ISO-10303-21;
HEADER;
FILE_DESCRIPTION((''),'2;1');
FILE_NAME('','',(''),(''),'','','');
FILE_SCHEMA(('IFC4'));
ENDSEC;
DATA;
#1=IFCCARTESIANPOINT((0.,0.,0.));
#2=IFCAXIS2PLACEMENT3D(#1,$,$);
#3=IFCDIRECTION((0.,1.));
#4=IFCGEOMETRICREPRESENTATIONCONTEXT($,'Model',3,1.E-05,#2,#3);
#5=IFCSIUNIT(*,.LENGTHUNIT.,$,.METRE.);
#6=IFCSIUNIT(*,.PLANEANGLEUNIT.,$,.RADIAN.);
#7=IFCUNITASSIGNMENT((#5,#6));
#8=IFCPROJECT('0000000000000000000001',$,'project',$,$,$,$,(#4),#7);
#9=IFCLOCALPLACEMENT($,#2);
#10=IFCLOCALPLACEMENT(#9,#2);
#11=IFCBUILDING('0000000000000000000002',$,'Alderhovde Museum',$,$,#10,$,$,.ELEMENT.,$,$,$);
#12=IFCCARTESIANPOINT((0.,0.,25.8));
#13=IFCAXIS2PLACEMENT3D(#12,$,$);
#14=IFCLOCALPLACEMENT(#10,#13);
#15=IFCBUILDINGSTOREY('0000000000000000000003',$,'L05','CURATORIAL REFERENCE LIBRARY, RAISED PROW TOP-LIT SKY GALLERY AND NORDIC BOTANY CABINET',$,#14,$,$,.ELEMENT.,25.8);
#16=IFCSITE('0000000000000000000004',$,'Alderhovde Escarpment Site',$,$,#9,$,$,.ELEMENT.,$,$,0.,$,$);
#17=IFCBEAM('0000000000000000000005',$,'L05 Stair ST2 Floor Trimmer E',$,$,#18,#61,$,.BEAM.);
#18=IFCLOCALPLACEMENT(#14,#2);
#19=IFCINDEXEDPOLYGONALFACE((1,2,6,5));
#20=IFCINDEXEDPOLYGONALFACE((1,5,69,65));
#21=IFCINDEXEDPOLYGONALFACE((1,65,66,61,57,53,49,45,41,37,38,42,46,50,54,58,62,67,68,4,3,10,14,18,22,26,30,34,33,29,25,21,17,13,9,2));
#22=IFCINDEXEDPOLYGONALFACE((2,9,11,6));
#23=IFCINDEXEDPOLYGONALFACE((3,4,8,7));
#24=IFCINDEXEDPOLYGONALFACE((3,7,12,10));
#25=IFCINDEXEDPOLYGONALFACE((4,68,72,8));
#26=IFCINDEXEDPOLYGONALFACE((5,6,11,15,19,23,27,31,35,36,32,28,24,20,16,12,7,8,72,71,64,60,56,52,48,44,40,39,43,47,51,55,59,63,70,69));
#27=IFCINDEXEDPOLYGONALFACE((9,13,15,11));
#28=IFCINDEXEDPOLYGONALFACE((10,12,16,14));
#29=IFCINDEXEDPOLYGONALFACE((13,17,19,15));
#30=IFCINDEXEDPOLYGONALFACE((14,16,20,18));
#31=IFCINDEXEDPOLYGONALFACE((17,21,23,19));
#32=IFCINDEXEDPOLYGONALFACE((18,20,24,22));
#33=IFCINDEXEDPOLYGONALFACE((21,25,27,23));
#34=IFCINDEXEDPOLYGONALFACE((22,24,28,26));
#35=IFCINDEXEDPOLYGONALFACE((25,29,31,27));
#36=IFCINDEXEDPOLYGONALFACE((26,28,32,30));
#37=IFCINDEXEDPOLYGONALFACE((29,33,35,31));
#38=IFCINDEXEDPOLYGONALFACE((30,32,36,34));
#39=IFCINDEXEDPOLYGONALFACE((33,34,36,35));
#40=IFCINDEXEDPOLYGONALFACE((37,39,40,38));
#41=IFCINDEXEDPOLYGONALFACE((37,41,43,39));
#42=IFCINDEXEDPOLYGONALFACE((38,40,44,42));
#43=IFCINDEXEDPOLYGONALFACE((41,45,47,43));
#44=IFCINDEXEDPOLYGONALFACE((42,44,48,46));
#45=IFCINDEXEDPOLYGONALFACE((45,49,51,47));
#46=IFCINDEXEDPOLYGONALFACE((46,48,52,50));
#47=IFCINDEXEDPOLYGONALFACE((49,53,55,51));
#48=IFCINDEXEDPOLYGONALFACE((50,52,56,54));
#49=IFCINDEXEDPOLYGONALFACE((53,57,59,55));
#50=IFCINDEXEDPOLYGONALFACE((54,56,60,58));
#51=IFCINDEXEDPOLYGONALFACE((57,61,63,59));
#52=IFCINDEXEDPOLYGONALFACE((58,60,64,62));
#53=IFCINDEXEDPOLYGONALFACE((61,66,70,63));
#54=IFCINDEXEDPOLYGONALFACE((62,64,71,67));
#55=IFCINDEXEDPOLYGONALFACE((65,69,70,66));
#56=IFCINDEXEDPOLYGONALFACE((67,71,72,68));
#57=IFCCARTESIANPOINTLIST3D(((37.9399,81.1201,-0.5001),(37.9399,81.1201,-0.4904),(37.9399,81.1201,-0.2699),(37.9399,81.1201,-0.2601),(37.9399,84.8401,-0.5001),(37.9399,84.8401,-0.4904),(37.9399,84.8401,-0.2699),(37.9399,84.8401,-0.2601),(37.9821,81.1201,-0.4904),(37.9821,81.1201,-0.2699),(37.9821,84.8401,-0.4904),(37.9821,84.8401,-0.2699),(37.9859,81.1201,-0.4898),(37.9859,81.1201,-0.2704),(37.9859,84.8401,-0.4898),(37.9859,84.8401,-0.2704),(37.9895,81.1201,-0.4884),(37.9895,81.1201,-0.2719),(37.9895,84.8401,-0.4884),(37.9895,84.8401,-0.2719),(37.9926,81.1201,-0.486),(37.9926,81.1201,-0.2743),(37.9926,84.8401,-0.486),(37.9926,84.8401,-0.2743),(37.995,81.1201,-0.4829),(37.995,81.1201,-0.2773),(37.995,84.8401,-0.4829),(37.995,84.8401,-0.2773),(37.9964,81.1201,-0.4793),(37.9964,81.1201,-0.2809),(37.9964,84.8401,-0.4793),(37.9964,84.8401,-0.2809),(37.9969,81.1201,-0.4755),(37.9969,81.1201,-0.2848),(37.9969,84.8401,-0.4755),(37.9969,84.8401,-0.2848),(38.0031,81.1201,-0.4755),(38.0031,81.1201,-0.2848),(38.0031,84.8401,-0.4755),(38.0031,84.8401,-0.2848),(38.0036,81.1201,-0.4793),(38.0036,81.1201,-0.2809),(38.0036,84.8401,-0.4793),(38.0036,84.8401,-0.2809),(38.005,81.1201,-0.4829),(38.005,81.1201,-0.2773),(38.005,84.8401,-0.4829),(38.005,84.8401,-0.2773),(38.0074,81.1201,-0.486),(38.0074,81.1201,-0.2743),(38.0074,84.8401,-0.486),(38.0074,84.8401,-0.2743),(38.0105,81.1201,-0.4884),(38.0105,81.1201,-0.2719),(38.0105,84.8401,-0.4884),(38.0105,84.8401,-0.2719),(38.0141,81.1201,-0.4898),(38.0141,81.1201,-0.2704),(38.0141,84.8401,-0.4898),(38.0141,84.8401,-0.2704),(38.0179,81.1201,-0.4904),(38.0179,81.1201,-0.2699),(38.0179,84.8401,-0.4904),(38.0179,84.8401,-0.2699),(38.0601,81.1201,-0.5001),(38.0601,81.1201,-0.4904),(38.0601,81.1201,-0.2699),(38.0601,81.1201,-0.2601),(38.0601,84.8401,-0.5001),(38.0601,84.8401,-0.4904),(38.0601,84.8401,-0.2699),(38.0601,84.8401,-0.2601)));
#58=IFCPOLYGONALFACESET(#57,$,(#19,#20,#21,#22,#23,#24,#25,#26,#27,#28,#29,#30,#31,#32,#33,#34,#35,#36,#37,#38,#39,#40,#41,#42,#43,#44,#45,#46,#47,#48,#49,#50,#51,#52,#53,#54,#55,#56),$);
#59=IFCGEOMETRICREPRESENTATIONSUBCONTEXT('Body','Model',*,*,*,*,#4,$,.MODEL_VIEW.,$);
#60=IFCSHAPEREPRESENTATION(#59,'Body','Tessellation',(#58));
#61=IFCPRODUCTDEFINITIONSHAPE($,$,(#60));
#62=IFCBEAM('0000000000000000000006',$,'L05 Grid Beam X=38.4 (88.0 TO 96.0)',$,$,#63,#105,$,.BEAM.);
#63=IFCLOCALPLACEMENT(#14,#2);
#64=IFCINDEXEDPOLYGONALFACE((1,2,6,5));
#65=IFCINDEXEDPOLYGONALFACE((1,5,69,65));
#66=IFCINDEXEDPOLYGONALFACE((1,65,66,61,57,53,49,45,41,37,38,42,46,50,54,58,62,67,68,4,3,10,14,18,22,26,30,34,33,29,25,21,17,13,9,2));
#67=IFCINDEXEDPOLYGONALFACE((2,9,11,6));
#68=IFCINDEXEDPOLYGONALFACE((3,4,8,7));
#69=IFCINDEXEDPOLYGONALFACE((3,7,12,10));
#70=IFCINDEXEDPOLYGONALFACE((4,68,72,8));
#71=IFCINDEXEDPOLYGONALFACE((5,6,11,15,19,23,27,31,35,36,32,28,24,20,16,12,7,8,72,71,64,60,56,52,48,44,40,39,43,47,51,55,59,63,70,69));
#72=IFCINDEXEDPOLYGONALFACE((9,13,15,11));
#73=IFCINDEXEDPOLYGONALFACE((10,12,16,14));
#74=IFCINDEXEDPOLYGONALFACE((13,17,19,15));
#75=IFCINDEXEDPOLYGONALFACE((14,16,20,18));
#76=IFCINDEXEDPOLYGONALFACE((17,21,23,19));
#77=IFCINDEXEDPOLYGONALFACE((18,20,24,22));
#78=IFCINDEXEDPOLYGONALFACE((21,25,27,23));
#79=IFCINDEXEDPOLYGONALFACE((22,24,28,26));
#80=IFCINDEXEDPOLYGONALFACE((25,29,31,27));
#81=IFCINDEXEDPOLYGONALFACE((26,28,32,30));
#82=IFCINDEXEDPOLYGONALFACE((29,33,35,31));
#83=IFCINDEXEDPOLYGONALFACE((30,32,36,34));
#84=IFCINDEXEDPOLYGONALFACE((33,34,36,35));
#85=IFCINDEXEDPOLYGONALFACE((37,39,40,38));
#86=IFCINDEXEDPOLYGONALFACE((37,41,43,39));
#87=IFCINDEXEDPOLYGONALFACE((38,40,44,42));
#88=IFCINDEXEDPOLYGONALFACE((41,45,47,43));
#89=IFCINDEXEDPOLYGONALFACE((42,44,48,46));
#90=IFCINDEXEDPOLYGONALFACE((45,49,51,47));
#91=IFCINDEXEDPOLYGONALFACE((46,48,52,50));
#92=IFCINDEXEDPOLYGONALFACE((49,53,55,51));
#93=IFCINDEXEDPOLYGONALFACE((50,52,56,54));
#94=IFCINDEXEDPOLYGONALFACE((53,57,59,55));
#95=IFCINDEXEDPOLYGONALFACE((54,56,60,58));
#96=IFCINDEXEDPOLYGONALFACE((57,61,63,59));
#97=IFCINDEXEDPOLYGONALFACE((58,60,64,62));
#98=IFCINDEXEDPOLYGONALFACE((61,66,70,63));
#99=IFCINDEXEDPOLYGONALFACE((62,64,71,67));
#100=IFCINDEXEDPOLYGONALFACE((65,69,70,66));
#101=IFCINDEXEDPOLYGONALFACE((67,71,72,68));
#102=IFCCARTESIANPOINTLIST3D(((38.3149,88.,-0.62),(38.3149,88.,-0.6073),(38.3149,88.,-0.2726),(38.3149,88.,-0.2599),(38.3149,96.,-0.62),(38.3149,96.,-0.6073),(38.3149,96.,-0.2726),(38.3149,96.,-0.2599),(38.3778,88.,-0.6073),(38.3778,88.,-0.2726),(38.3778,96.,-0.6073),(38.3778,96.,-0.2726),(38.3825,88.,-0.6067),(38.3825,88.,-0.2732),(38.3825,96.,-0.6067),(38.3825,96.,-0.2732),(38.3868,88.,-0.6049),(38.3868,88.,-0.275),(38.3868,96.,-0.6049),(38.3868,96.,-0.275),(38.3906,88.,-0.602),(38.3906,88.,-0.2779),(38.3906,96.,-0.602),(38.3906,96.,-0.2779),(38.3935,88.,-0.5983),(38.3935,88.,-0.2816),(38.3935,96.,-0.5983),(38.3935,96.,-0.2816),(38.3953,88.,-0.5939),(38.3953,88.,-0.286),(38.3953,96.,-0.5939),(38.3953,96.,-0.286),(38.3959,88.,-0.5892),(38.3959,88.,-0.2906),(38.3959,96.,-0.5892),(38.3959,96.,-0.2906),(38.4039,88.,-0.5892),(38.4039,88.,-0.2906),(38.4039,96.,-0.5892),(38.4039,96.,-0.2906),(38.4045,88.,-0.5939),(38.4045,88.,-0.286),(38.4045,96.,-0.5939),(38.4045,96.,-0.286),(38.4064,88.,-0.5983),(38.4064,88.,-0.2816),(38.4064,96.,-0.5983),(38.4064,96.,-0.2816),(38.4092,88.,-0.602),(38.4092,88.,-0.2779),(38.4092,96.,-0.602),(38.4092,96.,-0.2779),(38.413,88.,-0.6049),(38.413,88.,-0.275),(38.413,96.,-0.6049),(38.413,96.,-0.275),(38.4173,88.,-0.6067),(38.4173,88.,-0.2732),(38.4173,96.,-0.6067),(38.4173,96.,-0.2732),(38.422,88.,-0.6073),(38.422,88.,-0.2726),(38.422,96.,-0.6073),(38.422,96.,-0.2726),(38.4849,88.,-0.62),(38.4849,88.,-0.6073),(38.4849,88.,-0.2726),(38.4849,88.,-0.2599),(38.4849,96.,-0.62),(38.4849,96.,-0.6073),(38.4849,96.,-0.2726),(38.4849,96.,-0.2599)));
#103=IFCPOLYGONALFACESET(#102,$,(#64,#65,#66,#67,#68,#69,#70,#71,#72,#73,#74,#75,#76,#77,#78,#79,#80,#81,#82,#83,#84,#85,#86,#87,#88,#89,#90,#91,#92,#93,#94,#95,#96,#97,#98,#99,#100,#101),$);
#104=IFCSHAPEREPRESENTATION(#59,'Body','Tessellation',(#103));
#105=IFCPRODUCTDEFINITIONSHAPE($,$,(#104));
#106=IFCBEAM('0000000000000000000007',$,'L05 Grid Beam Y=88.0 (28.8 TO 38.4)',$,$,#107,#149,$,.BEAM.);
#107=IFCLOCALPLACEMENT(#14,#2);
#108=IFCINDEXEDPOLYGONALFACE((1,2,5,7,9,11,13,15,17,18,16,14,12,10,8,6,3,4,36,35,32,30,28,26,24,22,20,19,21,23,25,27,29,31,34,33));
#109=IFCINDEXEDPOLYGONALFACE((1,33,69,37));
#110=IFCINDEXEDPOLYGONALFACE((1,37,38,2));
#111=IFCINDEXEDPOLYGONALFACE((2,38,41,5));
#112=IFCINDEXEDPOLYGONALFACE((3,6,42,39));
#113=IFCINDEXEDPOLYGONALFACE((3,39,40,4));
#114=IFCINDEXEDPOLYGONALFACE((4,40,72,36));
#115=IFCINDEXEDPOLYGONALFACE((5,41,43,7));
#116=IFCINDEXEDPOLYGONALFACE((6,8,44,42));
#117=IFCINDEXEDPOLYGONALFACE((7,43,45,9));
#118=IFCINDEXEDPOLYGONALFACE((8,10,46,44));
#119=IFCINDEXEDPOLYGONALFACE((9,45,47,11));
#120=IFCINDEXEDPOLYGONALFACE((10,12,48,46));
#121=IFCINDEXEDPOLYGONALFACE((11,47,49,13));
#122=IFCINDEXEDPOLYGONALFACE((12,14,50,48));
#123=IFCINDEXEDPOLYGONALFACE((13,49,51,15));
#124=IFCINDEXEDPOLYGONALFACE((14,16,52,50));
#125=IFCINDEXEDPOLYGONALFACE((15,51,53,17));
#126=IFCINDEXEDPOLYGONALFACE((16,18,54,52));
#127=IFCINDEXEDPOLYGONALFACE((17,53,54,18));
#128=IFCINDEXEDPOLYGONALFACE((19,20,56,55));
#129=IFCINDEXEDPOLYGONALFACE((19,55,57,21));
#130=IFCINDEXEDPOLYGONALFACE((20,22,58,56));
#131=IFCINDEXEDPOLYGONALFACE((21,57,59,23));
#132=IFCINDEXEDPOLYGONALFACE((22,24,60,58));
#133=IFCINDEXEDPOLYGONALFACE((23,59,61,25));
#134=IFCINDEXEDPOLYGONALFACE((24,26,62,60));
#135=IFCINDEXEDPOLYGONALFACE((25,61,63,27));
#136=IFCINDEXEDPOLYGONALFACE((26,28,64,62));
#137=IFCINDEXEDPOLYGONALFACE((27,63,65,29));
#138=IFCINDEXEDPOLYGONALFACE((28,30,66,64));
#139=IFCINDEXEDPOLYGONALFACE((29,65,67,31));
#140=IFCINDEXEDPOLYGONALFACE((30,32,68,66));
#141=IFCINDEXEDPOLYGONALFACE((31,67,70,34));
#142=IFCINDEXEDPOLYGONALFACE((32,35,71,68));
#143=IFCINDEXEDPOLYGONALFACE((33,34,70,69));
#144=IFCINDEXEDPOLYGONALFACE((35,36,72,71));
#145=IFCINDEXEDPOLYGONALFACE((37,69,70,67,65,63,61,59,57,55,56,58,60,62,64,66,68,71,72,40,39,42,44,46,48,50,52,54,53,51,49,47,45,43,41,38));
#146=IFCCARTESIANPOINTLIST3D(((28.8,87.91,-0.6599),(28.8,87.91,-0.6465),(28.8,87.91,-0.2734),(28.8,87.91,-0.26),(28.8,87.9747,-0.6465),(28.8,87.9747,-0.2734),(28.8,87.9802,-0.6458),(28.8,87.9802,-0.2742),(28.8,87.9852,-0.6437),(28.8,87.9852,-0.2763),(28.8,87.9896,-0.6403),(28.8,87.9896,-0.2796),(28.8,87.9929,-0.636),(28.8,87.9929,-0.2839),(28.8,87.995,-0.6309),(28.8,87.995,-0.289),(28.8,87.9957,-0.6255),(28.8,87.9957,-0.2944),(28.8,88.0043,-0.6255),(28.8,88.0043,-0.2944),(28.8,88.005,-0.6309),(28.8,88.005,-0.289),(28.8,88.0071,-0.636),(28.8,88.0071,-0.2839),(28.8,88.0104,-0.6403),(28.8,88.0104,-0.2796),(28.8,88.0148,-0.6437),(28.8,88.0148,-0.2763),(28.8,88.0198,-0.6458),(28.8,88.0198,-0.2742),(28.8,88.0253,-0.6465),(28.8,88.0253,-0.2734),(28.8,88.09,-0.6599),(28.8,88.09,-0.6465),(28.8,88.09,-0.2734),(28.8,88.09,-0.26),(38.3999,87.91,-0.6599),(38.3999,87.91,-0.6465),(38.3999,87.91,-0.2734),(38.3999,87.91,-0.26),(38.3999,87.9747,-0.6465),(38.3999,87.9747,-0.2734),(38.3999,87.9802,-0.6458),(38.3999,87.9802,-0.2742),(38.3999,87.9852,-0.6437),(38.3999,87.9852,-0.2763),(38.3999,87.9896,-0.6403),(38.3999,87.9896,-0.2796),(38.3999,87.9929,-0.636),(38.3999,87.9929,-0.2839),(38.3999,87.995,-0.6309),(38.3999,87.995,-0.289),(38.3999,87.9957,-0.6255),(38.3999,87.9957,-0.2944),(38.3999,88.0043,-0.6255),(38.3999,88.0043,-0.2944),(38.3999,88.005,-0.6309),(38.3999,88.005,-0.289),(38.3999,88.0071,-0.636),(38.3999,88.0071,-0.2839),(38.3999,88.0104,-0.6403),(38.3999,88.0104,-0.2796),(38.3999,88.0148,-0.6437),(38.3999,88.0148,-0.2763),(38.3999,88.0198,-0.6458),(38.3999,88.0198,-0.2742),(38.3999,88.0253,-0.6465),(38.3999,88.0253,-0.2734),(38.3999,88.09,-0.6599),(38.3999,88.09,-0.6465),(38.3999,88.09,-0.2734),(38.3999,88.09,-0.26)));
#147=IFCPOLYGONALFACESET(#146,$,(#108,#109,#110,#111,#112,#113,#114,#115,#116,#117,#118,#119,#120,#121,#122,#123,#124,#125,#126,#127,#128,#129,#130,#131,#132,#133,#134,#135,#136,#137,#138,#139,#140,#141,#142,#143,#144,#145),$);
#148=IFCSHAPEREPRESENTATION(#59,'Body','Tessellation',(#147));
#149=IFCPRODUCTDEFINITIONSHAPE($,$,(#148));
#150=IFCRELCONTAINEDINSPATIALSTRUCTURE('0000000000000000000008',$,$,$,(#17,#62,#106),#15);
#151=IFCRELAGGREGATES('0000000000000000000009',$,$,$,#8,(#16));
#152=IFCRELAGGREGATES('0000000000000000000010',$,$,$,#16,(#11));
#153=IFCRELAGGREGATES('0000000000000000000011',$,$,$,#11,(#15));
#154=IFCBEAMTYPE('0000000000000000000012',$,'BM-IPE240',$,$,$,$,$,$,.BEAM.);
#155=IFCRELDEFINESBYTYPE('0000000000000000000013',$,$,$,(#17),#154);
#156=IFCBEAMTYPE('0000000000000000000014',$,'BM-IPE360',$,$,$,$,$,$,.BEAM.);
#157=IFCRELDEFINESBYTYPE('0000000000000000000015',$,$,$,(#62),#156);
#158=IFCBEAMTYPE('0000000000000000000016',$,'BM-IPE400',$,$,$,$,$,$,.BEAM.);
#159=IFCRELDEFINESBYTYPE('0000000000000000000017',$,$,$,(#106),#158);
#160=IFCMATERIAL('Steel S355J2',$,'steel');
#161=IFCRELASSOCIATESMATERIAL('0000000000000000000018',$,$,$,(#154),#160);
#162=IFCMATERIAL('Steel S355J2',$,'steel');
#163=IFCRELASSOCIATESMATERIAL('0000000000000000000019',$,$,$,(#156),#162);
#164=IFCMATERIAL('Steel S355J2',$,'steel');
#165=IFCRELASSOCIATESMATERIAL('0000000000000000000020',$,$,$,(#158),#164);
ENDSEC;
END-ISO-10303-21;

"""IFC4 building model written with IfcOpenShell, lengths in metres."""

from ifc_helpers import new_model, si_unit, direction, frame, origin, origin_2d, place, context, subcontext, project, spatial, i_section, extrude, material, material_profile, profile_set, type_object, element, save


model = new_model("IFC4")

# Units and contexts
model_context = context("Model", 3, precision=1e-05, world=origin(), true_north=direction((0.0, 1.0)))
body_context = subcontext(model_context, "Body", "Model", "MODEL_VIEW")
ifc_project = project(units=[si_unit("LENGTHUNIT", "METRE"), si_unit("PLANEANGLEUNIT", "RADIAN")], contexts=[model_context])

# Site, building, storey
site_placement = place(None, origin())
site = spatial("IfcSite", under=ifc_project, at=site_placement, Name="Alderhovde Escarpment Site", CompositionType="ELEMENT", RefElevation=0.0)
building_placement = place(site_placement, origin())
building = spatial("IfcBuilding", under=site, at=building_placement, Name="Alderhovde Museum", CompositionType="ELEMENT")
storey_placement = place(building_placement, frame((0.0, 0.0, 25.8)))
storey = spatial("IfcBuildingStorey", under=building, at=storey_placement, Name="L05", Description="CURATORIAL REFERENCE LIBRARY, RAISED PROW TOP-LIT SKY GALLERY AND NORDIC BOTANY CABINET", CompositionType="ELEMENT", Elevation=25.8)

# Beams
ifc_material_1 = material(Name="Steel S355J2", Category="steel")
ifc_material_profile_1 = material_profile(ifc_material_1, i_section(OverallWidth=0.1201, OverallDepth=0.24, WebThickness=0.0061, FlangeThickness=0.0098, FilletRadius=0.0149, at=origin_2d()), Name="IPE 240")
ifc_profile_set_1 = profile_set([ifc_material_profile_1], Name="Steel S355J2")
beam_type_1 = type_object("IfcBeamType", Name="BM-IPE240", PredefinedType="BEAM", material=ifc_profile_set_1)
for number, where, z_axis, x_axis, name in (
    (1, (38.0, 81.1201, -0.3801), (0.0, 1.0, 0.0), (-1.0, 0.0, 0.0), "L05 Stair ST2 Floor Trimmer E"),
):
    element("IfcBeam", number, at=place(storey_placement, frame(where, z_axis=z_axis, x_axis=x_axis)), inside=storey, type_object=beam_type_1, Name=name, PredefinedType="BEAM", context=body_context, shape_type="SweptSolid", body=[
        extrude(i_section(OverallWidth=0.1201, OverallDepth=0.24, WebThickness=0.0061, FlangeThickness=0.0098, FilletRadius=0.0149, at=origin_2d()), origin(), (0.0, 0.0, 1.0), 3.72),
    ])
ifc_material_2 = material(Name="Steel S355J2", Category="steel")
ifc_material_profile_2 = material_profile(ifc_material_2, i_section(OverallWidth=0.1699, OverallDepth=0.3601, WebThickness=0.0081, FlangeThickness=0.0127, FilletRadius=0.0181, at=origin_2d()), Name="IPE 360")
ifc_profile_set_2 = profile_set([ifc_material_profile_2], Name="Steel S355J2")
beam_type_2 = type_object("IfcBeamType", Name="BM-IPE360", PredefinedType="BEAM", material=ifc_profile_set_2)
beam_1_placement = place(storey_placement, frame((38.3999, 88.0, -0.4399), z_axis=(0.0, 1.0, 0.0), x_axis=(-1.0, 0.0, 0.0)))
element("IfcBeam", 2, at=beam_1_placement, inside=storey, type_object=beam_type_2, Name="L05 Grid Beam X=38.4 (88.0 TO 96.0)", PredefinedType="BEAM", context=body_context, shape_type="SweptSolid", body=[
    extrude(i_section(OverallWidth=0.1699, OverallDepth=0.3601, WebThickness=0.0081, FlangeThickness=0.0127, FilletRadius=0.0181, at=origin_2d()), origin(), (0.0, 0.0, 1.0), 8.0),
])
ifc_material_3 = material(Name="Steel S355J2", Category="steel")
ifc_material_profile_3 = material_profile(ifc_material_3, i_section(OverallWidth=0.1799, OverallDepth=0.3999, WebThickness=0.0085, FlangeThickness=0.0134, FilletRadius=0.021, at=origin_2d()), Name="IPE 400")
ifc_profile_set_3 = profile_set([ifc_material_profile_3], Name="Steel S355J2")
beam_type_3 = type_object("IfcBeamType", Name="BM-IPE400", PredefinedType="BEAM", material=ifc_profile_set_3)
beam_2_placement = place(storey_placement, frame((28.8, 88.0, -0.46), z_axis=(1.0, 0.0, 0.0), x_axis=(0.0, 1.0, 0.0)))
element("IfcBeam", 3, at=beam_2_placement, inside=storey, type_object=beam_type_3, Name="L05 Grid Beam Y=88.0 (28.8 TO 38.4)", PredefinedType="BEAM", context=body_context, shape_type="SweptSolid", body=[
    extrude(i_section(OverallWidth=0.1799, OverallDepth=0.3999, WebThickness=0.0085, FlangeThickness=0.0134, FilletRadius=0.021, at=origin_2d()), origin(), (0.0, 0.0, 1.0), 9.5999),
])

save(model, "model.ifc")
